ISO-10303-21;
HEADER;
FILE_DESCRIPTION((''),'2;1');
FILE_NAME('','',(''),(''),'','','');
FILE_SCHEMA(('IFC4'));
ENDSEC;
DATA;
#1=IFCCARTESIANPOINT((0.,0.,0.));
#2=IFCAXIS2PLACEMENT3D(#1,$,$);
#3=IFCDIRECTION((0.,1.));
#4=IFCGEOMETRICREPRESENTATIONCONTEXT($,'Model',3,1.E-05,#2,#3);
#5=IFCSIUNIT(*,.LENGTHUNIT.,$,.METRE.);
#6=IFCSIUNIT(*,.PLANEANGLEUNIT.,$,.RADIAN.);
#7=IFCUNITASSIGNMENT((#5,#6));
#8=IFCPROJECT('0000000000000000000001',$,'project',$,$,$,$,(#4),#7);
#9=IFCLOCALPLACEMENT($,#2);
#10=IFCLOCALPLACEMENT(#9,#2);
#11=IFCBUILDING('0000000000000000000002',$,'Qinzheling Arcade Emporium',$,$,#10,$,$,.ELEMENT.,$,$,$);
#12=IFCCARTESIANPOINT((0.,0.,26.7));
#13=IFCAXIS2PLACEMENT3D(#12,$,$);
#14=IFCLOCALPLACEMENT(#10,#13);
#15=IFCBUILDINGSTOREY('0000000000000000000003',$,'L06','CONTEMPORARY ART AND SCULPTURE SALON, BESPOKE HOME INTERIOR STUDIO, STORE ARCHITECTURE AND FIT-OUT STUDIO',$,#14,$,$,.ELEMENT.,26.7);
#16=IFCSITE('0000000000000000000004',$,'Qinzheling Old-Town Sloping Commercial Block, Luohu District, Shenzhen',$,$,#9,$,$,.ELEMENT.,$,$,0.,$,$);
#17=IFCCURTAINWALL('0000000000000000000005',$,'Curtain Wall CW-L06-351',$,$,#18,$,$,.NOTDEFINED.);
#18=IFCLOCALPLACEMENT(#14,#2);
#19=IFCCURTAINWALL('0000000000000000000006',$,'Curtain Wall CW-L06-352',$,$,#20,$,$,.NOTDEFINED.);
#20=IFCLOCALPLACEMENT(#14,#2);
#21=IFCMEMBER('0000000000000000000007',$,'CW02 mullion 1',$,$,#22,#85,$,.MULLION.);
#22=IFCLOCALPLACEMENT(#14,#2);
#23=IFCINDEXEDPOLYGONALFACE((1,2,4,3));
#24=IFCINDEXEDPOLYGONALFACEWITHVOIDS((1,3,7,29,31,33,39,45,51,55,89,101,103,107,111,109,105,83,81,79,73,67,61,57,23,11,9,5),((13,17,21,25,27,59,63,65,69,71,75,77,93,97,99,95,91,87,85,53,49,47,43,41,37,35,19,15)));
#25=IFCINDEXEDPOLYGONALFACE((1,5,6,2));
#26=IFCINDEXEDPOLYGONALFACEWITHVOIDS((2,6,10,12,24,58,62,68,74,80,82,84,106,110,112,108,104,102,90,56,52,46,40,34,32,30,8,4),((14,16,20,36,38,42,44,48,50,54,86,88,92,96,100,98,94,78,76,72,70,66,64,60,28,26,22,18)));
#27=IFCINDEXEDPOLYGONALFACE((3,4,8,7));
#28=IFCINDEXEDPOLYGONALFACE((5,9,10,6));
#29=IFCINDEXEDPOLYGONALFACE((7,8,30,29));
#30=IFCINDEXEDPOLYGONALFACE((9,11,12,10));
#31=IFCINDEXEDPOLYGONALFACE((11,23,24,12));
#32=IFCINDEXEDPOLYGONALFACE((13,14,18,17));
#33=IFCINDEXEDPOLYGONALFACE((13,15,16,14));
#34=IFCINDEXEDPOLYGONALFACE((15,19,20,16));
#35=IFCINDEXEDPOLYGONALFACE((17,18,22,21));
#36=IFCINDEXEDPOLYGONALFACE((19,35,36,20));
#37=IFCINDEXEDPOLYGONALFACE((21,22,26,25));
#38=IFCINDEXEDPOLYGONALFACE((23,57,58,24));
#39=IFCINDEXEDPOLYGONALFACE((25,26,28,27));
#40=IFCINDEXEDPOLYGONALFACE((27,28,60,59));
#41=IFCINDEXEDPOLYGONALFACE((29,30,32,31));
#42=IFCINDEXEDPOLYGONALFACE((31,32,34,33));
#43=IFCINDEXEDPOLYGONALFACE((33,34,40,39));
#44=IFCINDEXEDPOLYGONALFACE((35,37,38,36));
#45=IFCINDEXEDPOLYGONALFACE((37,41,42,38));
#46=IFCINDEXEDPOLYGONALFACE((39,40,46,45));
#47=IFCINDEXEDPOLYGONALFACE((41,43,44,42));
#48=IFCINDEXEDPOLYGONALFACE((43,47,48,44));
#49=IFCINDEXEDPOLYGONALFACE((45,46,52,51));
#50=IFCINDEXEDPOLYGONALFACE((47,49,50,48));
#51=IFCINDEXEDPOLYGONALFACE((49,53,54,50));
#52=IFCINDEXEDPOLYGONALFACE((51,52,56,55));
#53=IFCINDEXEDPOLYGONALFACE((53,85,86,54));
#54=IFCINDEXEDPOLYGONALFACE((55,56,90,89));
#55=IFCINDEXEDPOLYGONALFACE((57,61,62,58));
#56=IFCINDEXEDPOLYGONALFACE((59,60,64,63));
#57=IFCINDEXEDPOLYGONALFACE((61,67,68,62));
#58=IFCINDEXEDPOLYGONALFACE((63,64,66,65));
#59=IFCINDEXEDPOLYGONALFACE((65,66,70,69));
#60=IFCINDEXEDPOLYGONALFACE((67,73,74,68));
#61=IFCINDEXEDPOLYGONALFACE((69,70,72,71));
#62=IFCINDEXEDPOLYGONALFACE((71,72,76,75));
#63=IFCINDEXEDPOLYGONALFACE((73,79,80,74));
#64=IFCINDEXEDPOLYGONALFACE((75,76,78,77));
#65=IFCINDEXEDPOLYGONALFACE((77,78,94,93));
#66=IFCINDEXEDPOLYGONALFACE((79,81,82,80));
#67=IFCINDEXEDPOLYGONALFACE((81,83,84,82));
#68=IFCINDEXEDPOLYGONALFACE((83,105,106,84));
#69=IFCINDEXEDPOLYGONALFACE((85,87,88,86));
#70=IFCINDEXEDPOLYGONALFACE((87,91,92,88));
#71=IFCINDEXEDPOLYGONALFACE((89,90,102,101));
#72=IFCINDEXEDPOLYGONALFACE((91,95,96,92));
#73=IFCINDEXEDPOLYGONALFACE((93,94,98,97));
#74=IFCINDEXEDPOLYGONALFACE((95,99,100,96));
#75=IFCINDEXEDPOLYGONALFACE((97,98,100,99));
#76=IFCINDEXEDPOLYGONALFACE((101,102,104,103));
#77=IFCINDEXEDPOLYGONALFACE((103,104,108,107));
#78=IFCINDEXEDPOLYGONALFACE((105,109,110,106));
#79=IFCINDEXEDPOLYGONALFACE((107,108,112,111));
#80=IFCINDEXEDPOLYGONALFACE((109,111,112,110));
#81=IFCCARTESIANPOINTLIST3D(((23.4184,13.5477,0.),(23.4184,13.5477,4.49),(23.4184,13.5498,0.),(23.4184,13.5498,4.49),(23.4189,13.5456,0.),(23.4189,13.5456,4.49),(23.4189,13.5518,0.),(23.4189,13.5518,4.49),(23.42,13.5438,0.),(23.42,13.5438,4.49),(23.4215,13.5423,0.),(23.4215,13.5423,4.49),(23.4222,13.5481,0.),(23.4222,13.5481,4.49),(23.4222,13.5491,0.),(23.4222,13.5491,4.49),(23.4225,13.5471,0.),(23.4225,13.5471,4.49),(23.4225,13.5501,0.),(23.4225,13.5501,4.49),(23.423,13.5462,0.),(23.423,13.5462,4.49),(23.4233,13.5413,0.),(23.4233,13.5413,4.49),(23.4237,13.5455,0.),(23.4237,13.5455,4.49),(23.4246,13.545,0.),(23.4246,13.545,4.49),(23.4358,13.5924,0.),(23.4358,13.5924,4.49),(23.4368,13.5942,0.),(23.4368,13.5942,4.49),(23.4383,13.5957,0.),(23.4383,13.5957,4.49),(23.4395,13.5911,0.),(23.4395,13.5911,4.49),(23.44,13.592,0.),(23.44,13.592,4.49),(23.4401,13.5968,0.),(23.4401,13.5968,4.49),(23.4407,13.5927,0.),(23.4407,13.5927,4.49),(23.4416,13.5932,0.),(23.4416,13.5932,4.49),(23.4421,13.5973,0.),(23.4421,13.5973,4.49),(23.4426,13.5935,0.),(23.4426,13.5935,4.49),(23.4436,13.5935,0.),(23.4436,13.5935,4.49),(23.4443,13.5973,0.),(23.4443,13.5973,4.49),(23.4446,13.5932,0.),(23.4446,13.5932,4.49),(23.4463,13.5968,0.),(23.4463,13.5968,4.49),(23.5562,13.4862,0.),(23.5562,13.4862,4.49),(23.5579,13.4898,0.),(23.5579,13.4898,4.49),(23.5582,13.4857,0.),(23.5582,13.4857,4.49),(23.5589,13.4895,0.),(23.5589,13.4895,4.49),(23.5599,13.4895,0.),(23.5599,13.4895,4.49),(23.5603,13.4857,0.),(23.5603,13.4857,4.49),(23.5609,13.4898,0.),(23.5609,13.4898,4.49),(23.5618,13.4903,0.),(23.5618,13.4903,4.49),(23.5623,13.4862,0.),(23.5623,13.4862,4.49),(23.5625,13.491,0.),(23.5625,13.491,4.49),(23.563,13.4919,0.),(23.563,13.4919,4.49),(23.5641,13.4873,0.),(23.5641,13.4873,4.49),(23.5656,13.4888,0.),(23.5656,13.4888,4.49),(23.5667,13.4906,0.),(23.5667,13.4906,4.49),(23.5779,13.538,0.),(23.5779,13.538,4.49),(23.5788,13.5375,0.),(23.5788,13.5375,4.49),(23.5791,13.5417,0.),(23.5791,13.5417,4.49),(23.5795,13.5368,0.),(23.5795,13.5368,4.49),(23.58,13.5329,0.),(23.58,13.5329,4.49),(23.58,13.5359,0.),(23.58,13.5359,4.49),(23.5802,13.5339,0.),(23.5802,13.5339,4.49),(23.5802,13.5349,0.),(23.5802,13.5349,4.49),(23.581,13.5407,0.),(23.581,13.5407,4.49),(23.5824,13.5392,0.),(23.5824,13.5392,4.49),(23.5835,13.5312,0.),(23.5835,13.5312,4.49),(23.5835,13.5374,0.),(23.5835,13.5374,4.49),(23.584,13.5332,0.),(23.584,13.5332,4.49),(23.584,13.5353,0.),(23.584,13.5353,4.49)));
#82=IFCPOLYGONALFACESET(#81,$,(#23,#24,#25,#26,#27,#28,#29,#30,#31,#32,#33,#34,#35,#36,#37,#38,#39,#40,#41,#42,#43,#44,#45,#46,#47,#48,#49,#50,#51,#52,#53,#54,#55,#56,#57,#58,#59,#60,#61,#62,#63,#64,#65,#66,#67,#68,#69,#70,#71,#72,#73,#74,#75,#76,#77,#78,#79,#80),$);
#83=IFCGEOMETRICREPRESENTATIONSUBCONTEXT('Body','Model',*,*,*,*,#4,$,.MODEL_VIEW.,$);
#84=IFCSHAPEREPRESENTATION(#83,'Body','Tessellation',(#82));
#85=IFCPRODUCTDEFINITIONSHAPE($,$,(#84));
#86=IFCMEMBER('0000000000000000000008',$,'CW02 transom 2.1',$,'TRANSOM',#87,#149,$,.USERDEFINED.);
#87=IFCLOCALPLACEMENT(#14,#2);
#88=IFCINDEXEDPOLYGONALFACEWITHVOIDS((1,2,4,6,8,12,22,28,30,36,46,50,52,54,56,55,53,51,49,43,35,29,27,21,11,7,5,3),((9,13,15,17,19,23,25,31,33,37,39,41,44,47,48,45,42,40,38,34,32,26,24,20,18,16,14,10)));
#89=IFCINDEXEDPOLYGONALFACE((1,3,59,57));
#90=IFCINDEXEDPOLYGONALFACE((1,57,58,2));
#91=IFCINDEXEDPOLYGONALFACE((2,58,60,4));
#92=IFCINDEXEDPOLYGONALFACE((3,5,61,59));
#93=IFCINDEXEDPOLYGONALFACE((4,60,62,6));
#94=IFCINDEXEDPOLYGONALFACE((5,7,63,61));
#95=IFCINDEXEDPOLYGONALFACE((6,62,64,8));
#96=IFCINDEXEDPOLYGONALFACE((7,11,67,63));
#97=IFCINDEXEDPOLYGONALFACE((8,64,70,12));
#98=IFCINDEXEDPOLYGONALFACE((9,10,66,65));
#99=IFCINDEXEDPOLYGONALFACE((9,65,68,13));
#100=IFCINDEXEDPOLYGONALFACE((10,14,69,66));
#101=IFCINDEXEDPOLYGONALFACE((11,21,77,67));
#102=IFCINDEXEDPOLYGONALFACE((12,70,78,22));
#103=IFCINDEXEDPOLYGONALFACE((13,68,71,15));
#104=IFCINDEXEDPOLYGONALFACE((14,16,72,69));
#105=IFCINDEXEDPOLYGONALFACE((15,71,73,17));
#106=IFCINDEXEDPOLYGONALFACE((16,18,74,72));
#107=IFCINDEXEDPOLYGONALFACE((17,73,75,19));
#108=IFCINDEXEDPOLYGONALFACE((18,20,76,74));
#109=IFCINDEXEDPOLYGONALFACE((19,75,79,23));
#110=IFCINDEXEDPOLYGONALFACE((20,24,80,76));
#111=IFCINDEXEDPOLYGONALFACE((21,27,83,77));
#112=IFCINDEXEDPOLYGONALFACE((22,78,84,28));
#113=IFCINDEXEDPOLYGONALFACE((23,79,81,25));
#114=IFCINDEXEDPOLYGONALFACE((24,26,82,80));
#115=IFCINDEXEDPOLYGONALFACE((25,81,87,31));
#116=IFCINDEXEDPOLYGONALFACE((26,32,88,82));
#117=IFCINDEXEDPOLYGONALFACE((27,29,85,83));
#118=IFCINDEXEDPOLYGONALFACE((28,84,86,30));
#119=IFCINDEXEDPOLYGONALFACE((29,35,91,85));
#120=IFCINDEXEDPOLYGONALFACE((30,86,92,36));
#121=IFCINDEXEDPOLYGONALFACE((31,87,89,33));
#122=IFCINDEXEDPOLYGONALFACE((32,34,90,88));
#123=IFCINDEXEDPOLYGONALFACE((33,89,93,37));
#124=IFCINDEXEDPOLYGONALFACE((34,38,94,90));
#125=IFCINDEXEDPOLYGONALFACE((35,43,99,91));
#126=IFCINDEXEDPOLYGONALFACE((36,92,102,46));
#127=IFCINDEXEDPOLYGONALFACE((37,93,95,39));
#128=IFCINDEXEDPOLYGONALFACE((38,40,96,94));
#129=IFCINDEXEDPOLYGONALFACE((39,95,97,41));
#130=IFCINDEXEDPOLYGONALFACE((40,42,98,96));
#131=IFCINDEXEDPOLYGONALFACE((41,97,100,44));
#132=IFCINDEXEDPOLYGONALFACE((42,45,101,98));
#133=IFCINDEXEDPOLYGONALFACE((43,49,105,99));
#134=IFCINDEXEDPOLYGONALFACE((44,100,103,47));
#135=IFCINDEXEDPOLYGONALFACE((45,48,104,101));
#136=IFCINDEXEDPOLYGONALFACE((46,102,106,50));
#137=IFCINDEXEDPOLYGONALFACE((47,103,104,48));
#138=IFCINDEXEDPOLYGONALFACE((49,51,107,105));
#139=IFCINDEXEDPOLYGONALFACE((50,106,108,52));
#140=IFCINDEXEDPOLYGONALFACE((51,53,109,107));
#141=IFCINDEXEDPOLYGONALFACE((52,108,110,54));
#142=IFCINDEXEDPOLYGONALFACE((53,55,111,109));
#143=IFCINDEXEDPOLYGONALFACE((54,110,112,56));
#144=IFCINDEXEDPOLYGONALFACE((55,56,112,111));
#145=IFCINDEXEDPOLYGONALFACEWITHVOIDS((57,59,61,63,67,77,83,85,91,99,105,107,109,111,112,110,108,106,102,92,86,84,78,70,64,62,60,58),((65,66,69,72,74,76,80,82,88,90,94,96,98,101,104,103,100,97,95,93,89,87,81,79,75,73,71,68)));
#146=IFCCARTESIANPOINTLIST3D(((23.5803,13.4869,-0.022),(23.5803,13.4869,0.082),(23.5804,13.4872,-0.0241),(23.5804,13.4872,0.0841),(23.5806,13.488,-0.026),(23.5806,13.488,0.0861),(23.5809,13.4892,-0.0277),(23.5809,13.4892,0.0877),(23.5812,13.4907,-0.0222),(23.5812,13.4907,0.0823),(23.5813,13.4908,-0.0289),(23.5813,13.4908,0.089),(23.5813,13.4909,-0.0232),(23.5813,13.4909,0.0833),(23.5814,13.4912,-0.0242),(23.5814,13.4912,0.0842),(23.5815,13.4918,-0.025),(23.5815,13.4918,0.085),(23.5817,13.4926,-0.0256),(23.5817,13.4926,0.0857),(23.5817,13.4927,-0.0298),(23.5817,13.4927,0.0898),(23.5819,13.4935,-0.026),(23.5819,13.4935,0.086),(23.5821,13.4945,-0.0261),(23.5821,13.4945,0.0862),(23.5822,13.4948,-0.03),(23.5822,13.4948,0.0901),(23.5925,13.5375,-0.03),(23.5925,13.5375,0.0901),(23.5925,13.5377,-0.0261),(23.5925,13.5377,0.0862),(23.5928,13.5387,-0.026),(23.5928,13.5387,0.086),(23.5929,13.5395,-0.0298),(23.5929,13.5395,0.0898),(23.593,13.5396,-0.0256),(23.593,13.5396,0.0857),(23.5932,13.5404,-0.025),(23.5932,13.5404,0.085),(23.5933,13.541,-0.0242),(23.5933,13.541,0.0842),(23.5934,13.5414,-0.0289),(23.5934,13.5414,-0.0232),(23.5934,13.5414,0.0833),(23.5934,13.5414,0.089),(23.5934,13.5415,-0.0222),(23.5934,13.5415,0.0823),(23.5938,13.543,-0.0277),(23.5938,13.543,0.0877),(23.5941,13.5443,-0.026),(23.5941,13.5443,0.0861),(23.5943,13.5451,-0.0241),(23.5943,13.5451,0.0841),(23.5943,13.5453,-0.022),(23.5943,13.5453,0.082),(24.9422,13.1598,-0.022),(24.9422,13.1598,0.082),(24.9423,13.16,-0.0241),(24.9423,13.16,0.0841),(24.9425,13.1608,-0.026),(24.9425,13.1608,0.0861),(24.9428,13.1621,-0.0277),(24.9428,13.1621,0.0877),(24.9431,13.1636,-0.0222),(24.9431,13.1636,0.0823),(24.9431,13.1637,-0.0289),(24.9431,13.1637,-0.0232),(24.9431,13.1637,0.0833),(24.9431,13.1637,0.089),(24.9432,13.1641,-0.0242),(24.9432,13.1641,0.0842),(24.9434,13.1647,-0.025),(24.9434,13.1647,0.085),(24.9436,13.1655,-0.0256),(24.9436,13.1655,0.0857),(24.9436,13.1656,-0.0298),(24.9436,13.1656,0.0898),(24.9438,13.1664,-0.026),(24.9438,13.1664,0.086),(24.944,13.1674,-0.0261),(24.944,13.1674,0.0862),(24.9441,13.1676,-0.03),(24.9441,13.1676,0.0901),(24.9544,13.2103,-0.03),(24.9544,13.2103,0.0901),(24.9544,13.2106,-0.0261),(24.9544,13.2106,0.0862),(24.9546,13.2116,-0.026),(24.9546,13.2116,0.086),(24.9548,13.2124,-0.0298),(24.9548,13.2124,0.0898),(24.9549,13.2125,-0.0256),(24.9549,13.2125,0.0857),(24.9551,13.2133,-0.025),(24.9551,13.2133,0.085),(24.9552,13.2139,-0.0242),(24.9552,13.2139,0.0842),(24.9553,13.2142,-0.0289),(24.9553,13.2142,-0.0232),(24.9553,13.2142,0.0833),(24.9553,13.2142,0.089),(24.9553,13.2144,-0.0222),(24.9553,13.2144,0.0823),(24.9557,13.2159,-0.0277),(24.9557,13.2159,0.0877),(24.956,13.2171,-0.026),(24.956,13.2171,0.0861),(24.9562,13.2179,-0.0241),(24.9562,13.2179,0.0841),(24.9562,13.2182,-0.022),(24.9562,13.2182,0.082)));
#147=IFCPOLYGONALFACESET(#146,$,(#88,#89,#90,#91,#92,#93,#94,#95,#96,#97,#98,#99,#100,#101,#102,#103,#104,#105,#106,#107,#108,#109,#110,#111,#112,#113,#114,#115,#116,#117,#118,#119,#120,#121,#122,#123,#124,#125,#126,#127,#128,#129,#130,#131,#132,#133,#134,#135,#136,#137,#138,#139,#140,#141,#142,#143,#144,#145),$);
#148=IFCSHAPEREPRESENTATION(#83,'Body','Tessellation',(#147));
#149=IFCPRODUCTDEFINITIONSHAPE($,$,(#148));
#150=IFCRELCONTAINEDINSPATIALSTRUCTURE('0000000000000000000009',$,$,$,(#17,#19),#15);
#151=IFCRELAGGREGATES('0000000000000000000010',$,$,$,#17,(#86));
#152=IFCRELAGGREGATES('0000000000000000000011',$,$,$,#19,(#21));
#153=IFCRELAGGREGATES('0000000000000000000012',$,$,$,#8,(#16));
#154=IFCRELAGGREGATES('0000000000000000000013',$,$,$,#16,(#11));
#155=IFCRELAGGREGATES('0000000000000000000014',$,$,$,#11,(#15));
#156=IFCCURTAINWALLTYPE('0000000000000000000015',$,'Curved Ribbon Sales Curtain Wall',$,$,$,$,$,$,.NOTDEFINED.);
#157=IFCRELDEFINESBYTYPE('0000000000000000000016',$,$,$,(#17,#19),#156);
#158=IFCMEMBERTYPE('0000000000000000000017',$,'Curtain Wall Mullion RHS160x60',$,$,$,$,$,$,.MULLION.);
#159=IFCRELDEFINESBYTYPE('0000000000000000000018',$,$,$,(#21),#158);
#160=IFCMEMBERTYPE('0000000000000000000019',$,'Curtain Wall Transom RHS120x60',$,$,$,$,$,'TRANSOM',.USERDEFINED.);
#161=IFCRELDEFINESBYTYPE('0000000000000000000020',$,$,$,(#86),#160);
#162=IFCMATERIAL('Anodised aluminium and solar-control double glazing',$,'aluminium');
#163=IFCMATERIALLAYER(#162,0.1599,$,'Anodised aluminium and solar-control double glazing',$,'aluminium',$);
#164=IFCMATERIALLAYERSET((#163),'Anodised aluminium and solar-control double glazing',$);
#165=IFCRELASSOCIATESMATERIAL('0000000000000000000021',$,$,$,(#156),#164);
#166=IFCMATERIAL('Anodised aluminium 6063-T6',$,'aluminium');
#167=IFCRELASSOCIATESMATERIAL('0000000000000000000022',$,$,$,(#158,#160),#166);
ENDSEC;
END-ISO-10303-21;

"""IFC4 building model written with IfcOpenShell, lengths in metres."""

from ifc_helpers import new_model, si_unit, direction, frame, origin, origin_2d, place, context, subcontext, project, spatial, hollow_rectangle, extrude, material, layer, layer_set, material_profile, profile_set, type_object, element, aggregate, save


model = new_model("IFC4")

# Units and contexts
model_context = context("Model", 3, precision=1e-05, world=origin(), true_north=direction((0.0, 1.0)))
body_context = subcontext(model_context, "Body", "Model", "MODEL_VIEW")
ifc_project = project(units=[si_unit("LENGTHUNIT", "METRE"), si_unit("PLANEANGLEUNIT", "RADIAN")], contexts=[model_context])

# Site, building, storey
site_placement = place(None, origin())
site = spatial("IfcSite", under=ifc_project, at=site_placement, Name="Qinzheling Old-Town Sloping Commercial Block, Luohu District, Shenzhen", CompositionType="ELEMENT", RefElevation=0.0)
building_placement = place(site_placement, origin())
building = spatial("IfcBuilding", under=site, at=building_placement, Name="Qinzheling Arcade Emporium", CompositionType="ELEMENT")
storey_placement = place(building_placement, frame((0.0, 0.0, 26.7)))
storey = spatial("IfcBuildingStorey", under=building, at=storey_placement, Name="L06", Description="CONTEMPORARY ART AND SCULPTURE SALON, BESPOKE HOME INTERIOR STUDIO, STORE ARCHITECTURE AND FIT-OUT STUDIO", CompositionType="ELEMENT", Elevation=26.7)

# Curtain wall
ifc_material_1 = material(Name="Anodised aluminium and solar-control double glazing", Category="aluminium")
ifc_layer_1 = layer(ifc_material_1, 0.1599, Name="Anodised aluminium and solar-control double glazing", Category="aluminium")
ifc_layer_set_1 = layer_set([ifc_layer_1], Name="Anodised aluminium and solar-control double glazing")
curtain_wall_type = type_object("IfcCurtainWallType", Name="Curved Ribbon Sales Curtain Wall", PredefinedType="NOTDEFINED", material=ifc_layer_set_1)
curtain_wall_1_placement = place(storey_placement, origin())
curtain_wall_1 = element("IfcCurtainWall", 1, at=curtain_wall_1_placement, inside=storey, type_object=curtain_wall_type, Name="Curtain Wall CW-L06-351", PredefinedType="NOTDEFINED")
ifc_material_2 = material(Name="Anodised aluminium 6063-T6", Category="aluminium")
ifc_material_profile_1 = material_profile(ifc_material_2, hollow_rectangle(XDim=0.0601, YDim=0.1599, WallThickness=0.0039, InnerFilletRadius=0.0039, OuterFilletRadius=0.0081, at=origin_2d()), Name="RHS 160x60x4", Category="aluminium")
ifc_profile_set_1 = profile_set([ifc_material_profile_1], Name="Anodised aluminium 6063-T6")
member_type_1 = type_object("IfcMemberType", Name="Curtain Wall Mullion RHS160x60", PredefinedType="MULLION", material=ifc_profile_set_1)

# Curtain wall, member
curtain_wall_2_placement = place(storey_placement, origin())
curtain_wall_2 = element("IfcCurtainWall", 2, at=curtain_wall_2_placement, inside=storey, type_object=curtain_wall_type, Name="Curtain Wall CW-L06-352", PredefinedType="NOTDEFINED")
member_1_placement = place(storey_placement, frame((23.5012, 13.5415, 0.0), z_axis=(0.0, 0.0, 1.0), x_axis=(-0.382638, -0.923898, 0.0)))
member_1 = element("IfcMember", 3, at=member_1_placement, type_object=member_type_1, Name="CW02 mullion 1", PredefinedType="MULLION", context=body_context, shape_type="SweptSolid", body=[
    extrude(hollow_rectangle(XDim=0.0601, YDim=0.1599, WallThickness=0.0039, InnerFilletRadius=0.0039, OuterFilletRadius=0.0081, at=origin_2d()), origin(), (0.0, 0.0, 1.0), 4.49),
])

# Member
ifc_material_profile_2 = material_profile(ifc_material_2, hollow_rectangle(XDim=0.0601, YDim=0.1201, WallThickness=0.0039, InnerFilletRadius=0.0039, OuterFilletRadius=0.0081, at=origin_2d()), Name="RHS 120x60x4", Category="aluminium")
ifc_profile_set_2 = profile_set([ifc_material_profile_2], Name="Anodised aluminium 6063-T6")
member_type_2 = type_object("IfcMemberType", Name="Curtain Wall Transom RHS120x60", ElementType="TRANSOM", PredefinedType="USERDEFINED", material=ifc_profile_set_2)
member_2_placement = place(storey_placement, frame((24.9492, 13.189, 0.03), z_axis=(-0.972337, 0.233584, 0.0), x_axis=(-0.233584, -0.972337, 0.0)))
member_2 = element("IfcMember", 4, at=member_2_placement, type_object=member_type_2, Name="CW02 transom 2.1", ObjectType="TRANSOM", PredefinedType="USERDEFINED", context=body_context, shape_type="SweptSolid", body=[
    extrude(hollow_rectangle(XDim=0.0601, YDim=0.1201, WallThickness=0.0039, InnerFilletRadius=0.0039, OuterFilletRadius=0.0081, at=origin_2d()), origin(), (0.0, 0.0, 1.0), 1.4006),
])

aggregate(curtain_wall_1, [member_2])
aggregate(curtain_wall_2, [member_1])

save(model, "model.ifc")
